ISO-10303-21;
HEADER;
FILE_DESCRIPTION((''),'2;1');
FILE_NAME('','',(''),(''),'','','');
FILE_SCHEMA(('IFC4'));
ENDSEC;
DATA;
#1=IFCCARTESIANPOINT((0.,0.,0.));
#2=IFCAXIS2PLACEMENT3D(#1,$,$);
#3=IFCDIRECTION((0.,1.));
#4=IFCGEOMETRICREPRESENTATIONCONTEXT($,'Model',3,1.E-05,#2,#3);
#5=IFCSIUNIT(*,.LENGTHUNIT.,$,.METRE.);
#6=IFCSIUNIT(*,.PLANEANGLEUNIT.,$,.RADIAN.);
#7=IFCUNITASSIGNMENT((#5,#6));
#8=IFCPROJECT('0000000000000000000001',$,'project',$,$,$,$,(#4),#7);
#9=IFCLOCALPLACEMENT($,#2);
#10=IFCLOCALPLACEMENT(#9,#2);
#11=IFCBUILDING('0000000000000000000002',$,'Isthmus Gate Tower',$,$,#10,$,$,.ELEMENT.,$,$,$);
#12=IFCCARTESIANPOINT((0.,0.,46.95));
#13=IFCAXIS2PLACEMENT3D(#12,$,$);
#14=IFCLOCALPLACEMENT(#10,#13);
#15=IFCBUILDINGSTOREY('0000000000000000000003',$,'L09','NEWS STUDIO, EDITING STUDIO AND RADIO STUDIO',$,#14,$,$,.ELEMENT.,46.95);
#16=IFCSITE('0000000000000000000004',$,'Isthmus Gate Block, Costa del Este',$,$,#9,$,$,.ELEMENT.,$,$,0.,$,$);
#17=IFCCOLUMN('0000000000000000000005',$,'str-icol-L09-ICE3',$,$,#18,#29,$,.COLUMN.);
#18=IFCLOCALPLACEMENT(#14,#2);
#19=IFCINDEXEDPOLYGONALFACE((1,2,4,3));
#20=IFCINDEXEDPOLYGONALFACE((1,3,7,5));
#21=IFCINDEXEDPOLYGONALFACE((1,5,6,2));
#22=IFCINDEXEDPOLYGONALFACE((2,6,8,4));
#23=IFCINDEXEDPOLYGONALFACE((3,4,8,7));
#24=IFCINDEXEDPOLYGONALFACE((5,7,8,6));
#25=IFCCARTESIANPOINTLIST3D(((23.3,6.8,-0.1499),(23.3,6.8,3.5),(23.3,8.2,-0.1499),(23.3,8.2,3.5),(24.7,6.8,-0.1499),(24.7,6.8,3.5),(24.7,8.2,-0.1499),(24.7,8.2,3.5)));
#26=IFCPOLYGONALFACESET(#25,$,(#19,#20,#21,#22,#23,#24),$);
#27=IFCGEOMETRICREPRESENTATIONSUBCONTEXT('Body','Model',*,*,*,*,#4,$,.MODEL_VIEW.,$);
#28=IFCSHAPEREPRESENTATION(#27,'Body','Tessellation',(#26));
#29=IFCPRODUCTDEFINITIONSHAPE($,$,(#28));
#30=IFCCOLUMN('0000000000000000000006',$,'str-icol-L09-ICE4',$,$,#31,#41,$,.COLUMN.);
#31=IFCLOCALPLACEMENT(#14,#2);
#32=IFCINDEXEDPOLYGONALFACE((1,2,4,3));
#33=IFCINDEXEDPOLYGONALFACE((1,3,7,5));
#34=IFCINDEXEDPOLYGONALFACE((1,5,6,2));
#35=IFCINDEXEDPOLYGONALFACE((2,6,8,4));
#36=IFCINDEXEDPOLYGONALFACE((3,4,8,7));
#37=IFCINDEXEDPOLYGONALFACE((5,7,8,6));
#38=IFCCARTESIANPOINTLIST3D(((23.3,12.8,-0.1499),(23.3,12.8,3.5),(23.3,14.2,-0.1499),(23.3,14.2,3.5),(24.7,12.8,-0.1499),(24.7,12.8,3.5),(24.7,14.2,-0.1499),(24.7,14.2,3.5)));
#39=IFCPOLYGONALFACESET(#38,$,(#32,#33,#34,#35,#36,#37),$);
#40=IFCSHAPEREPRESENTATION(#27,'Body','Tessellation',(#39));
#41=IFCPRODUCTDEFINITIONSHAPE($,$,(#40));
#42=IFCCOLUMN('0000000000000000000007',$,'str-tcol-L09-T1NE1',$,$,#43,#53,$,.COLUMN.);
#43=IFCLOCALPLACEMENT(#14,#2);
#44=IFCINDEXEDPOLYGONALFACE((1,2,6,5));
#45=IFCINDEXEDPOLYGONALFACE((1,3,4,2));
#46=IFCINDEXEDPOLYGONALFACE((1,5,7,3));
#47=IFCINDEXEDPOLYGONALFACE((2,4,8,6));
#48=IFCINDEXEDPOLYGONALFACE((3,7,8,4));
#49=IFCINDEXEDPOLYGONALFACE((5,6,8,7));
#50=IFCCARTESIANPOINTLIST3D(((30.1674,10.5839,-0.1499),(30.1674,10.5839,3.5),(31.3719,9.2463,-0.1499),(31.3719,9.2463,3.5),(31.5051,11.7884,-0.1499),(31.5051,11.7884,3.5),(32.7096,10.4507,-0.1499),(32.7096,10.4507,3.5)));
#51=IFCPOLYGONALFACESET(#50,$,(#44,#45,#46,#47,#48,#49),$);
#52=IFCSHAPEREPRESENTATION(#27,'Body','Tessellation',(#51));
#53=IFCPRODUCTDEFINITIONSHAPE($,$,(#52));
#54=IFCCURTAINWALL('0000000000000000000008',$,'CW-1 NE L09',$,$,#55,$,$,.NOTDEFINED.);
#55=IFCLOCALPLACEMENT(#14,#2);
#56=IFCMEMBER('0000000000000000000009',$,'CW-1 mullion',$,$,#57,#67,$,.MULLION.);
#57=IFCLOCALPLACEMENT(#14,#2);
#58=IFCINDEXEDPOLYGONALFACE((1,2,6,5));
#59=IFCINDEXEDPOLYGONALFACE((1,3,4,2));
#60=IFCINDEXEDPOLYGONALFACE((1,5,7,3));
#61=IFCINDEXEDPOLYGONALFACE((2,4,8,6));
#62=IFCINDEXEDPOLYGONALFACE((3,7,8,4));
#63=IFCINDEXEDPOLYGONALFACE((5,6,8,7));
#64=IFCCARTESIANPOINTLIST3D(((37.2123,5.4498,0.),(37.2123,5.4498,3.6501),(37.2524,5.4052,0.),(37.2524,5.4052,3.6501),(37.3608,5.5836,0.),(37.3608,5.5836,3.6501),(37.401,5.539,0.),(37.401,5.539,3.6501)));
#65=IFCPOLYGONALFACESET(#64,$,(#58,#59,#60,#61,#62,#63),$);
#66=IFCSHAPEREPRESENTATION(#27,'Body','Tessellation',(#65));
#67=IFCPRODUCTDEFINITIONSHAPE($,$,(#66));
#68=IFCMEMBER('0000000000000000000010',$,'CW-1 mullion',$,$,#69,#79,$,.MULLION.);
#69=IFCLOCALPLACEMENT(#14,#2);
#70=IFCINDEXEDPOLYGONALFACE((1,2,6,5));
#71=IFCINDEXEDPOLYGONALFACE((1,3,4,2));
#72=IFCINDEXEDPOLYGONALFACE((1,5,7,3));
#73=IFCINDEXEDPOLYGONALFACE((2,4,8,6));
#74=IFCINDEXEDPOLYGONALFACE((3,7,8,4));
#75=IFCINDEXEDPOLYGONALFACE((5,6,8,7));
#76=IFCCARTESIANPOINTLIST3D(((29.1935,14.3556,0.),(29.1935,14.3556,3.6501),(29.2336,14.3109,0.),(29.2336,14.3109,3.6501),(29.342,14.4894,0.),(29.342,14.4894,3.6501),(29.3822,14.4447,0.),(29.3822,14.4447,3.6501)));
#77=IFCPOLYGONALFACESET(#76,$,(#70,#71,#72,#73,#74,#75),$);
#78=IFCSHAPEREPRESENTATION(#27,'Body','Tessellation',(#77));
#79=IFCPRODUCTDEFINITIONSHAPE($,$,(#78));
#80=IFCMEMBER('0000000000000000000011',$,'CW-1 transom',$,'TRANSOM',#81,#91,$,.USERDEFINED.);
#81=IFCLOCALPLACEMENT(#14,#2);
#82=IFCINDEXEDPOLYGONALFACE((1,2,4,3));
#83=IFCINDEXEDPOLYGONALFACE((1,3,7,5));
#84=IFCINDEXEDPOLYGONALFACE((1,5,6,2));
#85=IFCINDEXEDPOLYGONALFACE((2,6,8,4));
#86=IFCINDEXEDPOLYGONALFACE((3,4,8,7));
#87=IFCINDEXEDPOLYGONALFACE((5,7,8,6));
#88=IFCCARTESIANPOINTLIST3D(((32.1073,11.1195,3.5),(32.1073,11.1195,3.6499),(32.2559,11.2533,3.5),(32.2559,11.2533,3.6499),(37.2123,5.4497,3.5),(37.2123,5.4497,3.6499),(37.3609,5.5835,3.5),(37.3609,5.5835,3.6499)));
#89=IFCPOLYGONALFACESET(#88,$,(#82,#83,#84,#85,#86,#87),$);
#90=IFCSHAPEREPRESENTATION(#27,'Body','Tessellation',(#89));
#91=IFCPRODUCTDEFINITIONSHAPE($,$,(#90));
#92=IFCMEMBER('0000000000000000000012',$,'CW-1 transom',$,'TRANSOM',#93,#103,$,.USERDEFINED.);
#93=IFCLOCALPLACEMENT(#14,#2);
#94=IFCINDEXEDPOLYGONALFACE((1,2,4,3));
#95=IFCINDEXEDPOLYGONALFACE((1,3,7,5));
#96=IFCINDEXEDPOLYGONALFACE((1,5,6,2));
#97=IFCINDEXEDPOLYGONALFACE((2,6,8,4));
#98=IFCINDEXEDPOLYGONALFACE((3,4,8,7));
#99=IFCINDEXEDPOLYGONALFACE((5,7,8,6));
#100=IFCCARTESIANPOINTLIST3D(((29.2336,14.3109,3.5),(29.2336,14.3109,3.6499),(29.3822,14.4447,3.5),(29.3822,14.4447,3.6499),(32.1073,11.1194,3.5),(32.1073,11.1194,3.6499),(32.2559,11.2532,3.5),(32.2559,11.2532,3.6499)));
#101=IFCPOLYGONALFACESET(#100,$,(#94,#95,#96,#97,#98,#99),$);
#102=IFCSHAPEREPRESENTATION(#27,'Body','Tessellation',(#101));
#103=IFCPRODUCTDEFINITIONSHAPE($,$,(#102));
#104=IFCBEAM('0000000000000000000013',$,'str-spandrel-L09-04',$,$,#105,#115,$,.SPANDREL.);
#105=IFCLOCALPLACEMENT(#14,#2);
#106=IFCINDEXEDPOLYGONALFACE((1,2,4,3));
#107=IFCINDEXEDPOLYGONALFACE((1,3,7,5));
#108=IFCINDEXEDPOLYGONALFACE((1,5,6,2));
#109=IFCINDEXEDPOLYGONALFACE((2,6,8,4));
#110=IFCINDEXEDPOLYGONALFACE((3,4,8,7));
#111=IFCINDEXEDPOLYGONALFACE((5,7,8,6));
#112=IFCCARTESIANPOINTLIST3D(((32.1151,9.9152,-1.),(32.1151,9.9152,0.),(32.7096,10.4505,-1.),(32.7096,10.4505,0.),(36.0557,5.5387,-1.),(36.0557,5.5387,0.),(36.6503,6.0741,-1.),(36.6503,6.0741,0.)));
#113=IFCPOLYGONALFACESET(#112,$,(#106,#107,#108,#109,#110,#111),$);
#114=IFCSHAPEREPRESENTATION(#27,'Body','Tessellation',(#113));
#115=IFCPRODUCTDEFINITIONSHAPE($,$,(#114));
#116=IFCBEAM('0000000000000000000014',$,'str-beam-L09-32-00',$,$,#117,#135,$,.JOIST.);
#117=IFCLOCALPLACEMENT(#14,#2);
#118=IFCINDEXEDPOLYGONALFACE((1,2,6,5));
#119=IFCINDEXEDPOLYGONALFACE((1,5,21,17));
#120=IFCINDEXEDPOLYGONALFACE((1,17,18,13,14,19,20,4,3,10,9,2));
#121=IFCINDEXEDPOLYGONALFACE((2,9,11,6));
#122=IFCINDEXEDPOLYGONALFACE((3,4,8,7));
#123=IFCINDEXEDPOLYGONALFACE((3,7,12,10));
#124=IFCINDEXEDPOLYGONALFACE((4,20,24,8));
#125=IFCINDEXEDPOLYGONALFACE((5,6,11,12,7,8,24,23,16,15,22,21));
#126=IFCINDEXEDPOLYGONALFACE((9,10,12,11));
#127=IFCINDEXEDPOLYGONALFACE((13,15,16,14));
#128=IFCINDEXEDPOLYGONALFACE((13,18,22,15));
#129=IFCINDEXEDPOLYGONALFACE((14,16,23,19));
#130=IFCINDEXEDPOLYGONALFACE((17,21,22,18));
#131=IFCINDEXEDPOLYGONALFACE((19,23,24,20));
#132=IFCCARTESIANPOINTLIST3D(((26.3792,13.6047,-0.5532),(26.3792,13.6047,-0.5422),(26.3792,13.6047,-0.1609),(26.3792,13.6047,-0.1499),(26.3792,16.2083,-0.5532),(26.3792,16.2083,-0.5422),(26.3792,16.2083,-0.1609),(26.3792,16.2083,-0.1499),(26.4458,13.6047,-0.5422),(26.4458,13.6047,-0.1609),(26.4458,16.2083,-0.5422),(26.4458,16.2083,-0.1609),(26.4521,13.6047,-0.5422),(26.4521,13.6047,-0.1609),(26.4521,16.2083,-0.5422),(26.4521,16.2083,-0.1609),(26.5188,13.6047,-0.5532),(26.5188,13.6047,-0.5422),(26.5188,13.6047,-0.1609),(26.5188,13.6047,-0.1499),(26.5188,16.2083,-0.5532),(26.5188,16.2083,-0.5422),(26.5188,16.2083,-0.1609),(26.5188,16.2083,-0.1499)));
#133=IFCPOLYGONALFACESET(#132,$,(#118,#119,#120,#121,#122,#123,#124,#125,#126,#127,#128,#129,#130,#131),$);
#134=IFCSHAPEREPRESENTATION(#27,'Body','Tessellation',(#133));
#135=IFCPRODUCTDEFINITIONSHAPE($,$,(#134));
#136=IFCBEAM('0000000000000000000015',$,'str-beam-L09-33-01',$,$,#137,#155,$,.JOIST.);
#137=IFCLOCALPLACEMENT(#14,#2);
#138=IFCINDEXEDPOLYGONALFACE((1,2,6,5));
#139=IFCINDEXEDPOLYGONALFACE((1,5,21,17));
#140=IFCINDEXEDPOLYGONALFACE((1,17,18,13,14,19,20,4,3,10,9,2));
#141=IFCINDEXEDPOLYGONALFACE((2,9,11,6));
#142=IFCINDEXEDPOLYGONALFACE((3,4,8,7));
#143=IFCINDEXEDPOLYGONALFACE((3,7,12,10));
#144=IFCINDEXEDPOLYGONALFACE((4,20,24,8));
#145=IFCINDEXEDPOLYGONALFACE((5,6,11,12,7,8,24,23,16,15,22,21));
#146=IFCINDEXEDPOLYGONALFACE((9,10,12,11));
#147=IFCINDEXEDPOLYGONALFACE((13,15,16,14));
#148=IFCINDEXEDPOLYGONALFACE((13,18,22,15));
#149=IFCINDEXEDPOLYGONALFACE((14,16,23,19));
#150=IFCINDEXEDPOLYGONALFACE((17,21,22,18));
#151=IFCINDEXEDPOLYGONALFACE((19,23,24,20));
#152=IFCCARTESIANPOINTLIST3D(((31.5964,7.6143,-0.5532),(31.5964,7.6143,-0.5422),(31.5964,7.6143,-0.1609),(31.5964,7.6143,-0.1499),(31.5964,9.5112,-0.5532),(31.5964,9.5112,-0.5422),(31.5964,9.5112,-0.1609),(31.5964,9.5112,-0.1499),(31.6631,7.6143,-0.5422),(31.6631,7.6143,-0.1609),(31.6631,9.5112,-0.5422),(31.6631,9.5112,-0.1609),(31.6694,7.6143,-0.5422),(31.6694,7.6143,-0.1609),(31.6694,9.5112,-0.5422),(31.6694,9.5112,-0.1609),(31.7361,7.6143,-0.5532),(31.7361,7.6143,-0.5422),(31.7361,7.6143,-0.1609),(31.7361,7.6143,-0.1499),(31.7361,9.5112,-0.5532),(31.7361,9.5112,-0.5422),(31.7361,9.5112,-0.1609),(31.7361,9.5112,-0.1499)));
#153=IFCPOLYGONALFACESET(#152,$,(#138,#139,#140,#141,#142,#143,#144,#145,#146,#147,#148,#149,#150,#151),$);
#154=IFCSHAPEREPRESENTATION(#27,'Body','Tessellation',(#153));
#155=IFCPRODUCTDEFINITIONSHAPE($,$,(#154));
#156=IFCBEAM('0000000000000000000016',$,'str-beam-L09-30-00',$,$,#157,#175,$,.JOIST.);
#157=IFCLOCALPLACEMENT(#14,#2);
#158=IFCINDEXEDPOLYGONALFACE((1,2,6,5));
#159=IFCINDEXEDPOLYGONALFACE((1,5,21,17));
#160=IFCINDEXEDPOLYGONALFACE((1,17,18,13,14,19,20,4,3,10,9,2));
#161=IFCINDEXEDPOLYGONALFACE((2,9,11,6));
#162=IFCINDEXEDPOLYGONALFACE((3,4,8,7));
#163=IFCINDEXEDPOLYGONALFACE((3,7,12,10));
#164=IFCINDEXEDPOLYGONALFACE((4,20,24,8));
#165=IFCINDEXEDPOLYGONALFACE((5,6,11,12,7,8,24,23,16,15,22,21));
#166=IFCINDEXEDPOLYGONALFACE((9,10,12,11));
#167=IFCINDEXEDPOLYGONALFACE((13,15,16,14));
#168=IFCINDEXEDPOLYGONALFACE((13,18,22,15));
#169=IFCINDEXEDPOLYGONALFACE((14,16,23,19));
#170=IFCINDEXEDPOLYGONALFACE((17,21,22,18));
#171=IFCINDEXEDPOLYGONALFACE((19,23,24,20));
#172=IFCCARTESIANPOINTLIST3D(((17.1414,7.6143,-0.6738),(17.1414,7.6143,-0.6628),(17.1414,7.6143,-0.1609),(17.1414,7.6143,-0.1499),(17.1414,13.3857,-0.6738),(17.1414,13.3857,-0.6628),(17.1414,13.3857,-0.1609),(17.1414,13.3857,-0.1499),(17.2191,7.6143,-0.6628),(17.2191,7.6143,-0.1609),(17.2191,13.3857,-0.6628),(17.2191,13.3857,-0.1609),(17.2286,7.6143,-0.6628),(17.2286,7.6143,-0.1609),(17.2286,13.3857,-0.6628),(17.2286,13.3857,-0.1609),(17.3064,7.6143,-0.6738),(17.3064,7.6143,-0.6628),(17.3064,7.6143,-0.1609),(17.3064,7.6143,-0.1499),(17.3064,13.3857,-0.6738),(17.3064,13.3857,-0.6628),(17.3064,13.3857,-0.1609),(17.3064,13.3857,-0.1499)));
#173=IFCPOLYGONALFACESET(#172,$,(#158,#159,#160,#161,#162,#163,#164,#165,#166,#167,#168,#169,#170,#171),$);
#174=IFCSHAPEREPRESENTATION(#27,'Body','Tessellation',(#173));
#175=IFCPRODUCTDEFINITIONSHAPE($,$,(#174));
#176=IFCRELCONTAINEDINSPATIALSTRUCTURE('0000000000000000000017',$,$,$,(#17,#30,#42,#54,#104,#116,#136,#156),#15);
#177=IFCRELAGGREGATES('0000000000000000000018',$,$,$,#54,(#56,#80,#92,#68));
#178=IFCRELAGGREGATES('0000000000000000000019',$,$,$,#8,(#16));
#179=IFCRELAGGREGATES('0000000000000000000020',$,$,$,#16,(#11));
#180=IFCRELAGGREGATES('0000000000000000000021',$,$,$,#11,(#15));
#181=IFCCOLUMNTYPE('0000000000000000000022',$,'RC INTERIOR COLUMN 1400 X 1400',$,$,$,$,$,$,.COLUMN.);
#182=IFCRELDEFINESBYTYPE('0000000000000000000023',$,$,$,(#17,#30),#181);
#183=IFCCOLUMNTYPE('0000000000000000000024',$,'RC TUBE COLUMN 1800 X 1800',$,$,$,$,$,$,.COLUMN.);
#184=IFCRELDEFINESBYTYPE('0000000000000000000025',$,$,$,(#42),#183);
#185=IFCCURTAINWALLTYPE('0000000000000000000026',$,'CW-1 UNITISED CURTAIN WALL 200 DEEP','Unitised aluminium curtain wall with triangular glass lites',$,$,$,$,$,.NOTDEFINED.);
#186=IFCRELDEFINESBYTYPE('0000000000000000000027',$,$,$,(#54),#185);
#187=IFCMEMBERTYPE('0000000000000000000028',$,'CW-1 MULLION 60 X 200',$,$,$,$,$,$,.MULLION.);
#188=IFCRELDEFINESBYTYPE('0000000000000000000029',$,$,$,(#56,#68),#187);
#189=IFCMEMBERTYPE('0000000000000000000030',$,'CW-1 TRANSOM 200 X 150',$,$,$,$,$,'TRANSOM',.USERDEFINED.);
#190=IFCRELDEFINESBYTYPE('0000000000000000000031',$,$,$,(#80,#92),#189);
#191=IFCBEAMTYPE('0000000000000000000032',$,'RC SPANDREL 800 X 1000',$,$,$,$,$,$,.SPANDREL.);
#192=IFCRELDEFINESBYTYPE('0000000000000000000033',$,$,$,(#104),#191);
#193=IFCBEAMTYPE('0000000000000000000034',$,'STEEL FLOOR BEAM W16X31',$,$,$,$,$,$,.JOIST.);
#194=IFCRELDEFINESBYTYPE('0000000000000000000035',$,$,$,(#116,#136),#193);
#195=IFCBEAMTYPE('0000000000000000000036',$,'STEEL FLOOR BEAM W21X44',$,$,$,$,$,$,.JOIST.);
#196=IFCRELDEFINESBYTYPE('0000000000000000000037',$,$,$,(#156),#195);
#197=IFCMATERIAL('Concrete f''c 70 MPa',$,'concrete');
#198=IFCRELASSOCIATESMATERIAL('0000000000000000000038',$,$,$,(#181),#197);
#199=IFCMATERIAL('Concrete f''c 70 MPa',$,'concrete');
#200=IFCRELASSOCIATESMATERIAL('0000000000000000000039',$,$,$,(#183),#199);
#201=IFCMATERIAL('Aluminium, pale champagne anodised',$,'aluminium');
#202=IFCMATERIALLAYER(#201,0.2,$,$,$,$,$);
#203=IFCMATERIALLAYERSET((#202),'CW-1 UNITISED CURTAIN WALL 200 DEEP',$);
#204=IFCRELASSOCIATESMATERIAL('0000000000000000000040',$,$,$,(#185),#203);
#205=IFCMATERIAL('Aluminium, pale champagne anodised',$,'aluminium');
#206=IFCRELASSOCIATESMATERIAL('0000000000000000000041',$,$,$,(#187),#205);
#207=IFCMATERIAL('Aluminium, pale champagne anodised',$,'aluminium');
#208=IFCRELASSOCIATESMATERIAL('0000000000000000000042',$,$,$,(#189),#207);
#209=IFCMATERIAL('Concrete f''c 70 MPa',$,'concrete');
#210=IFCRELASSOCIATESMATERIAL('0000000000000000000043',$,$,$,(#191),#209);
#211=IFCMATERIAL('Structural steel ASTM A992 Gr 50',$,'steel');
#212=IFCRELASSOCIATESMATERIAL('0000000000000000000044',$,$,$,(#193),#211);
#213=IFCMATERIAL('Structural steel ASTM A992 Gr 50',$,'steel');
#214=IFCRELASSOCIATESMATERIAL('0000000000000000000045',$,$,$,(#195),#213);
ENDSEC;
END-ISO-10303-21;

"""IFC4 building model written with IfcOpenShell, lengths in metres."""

from ifc_helpers import new_model, si_unit, direction, frame, origin, origin_2d, place, context, subcontext, project, spatial, rectangle, i_section, extrude, material, layer, layer_set, material_profile, profile_set, type_object, element, aggregate, save


model = new_model("IFC4")

# Units and contexts
model_context = context("Model", 3, precision=1e-05, world=origin(), true_north=direction((0.0, 1.0)))
body_context = subcontext(model_context, "Body", "Model", "MODEL_VIEW")
ifc_project = project(units=[si_unit("LENGTHUNIT", "METRE"), si_unit("PLANEANGLEUNIT", "RADIAN")], contexts=[model_context])

# Site, building, storey
site_placement = place(None, origin())
site = spatial("IfcSite", under=ifc_project, at=site_placement, Name="Isthmus Gate Block, Costa del Este", CompositionType="ELEMENT", RefElevation=0.0)
building_placement = place(site_placement, origin())
building = spatial("IfcBuilding", under=site, at=building_placement, Name="Isthmus Gate Tower", CompositionType="ELEMENT")
storey_placement = place(building_placement, frame((0.0, 0.0, 46.95)))
storey = spatial("IfcBuildingStorey", under=building, at=storey_placement, Name="L09", Description="NEWS STUDIO, EDITING STUDIO AND RADIO STUDIO", CompositionType="ELEMENT", Elevation=46.95)

# Columns
ifc_material_1 = material(Name="Concrete f'c 70 MPa", Category="concrete")
ifc_material_profile_1 = material_profile(ifc_material_1, rectangle(XDim=1.3999, YDim=1.3999, at=origin_2d()), Name="RC 1400X1400")
ifc_profile_set_1 = profile_set([ifc_material_profile_1], Name="Concrete f'c 70 MPa")
column_type_1 = type_object("IfcColumnType", Name="RC INTERIOR COLUMN 1400 X 1400", PredefinedType="COLUMN", material=ifc_profile_set_1)
for number, where, z_axis, x_axis, name in (
    (1, (24.0, 7.5, -0.1499), (0.0, 0.0, 1.0), (1.0, 0.0, 0.0), "str-icol-L09-ICE3"),
    (2, (24.0, 13.5, -0.1499), (0.0, 0.0, 1.0), (1.0, 0.0, 0.0), "str-icol-L09-ICE4"),
):
    element("IfcColumn", number, at=place(storey_placement, frame(where, z_axis=z_axis, x_axis=x_axis)), inside=storey, type_object=column_type_1, Name=name, PredefinedType="COLUMN", context=body_context, shape_type="SweptSolid", body=[
        extrude(rectangle(XDim=1.3999, YDim=1.3999, at=origin_2d()), origin(), (0.0, 0.0, 1.0), 3.6499),
    ])
ifc_material_2 = material(Name="Concrete f'c 70 MPa", Category="concrete")
ifc_material_profile_2 = material_profile(ifc_material_2, rectangle(XDim=1.8, YDim=1.8, at=origin_2d()), Name="RC 1800X1800")
ifc_profile_set_2 = profile_set([ifc_material_profile_2], Name="Concrete f'c 70 MPa")
column_type_2 = type_object("IfcColumnType", Name="RC TUBE COLUMN 1800 X 1800", PredefinedType="COLUMN", material=ifc_profile_set_2)
column_placement = place(storey_placement, frame((31.4385, 10.5173, -0.1499), z_axis=(0.0, 0.0, 1.0), x_axis=(-0.669131, 0.743145, 0.0)))
element("IfcColumn", 3, at=column_placement, inside=storey, type_object=column_type_2, Name="str-tcol-L09-T1NE1", PredefinedType="COLUMN", context=body_context, shape_type="SweptSolid", body=[
    extrude(rectangle(XDim=1.8, YDim=1.8, at=origin_2d()), origin(), (0.0, 0.0, 1.0), 3.6499),
])

# Curtain wall, members
ifc_material_3 = material(Name="Aluminium, pale champagne anodised", Category="aluminium")
ifc_layer_1 = layer(ifc_material_3, 0.2)
ifc_layer_set_1 = layer_set([ifc_layer_1], Name="CW-1 UNITISED CURTAIN WALL 200 DEEP")
curtain_wall_type = type_object("IfcCurtainWallType", Name="CW-1 UNITISED CURTAIN WALL 200 DEEP", Description="Unitised aluminium curtain wall with triangular glass lites", PredefinedType="NOTDEFINED", material=ifc_layer_set_1)
curtain_wall_placement = place(storey_placement, origin())
curtain_wall = element("IfcCurtainWall", 4, at=curtain_wall_placement, inside=storey, type_object=curtain_wall_type, Name="CW-1 NE L09", PredefinedType="NOTDEFINED")
ifc_material_4 = material(Name="Aluminium, pale champagne anodised", Category="aluminium")
ifc_material_profile_3 = material_profile(ifc_material_4, rectangle(XDim=0.0601, YDim=0.2, at=origin_2d()), Name="60x200")
ifc_profile_set_3 = profile_set([ifc_material_profile_3], Name="Aluminium, pale champagne anodised")
member_type_1 = type_object("IfcMemberType", Name="CW-1 MULLION 60 X 200", PredefinedType="MULLION", material=ifc_profile_set_3)
member_1_placement = place(storey_placement, frame((37.3066, 5.4944, 0.0), z_axis=(0.0, 0.0, 1.0), x_axis=(-0.669131, 0.743145, 0.0)))
member_1 = element("IfcMember", 5, at=member_1_placement, type_object=member_type_1, Name="CW-1 mullion", PredefinedType="MULLION", context=body_context, shape_type="SweptSolid", body=[
    extrude(rectangle(XDim=0.0601, YDim=0.2, at=origin_2d()), origin(), (0.0, 0.0, 1.0), 3.6501),
])
member_2_placement = place(storey_placement, frame((29.2878, 14.4001, 0.0), z_axis=(0.0, 0.0, 1.0), x_axis=(-0.669131, 0.743145, 0.0)))
member_2 = element("IfcMember", 6, at=member_2_placement, type_object=member_type_1, Name="CW-1 mullion", PredefinedType="MULLION", context=body_context, shape_type="SweptSolid", body=[
    extrude(rectangle(XDim=0.0601, YDim=0.2, at=origin_2d()), origin(), (0.0, 0.0, 1.0), 3.6501),
])
ifc_material_5 = material(Name="Aluminium, pale champagne anodised", Category="aluminium")
ifc_material_profile_4 = material_profile(ifc_material_5, rectangle(XDim=0.2, YDim=0.1499, at=origin_2d()), Name="200x150")
ifc_profile_set_4 = profile_set([ifc_material_profile_4], Name="Aluminium, pale champagne anodised")
member_type_2 = type_object("IfcMemberType", Name="CW-1 TRANSOM 200 X 150", ElementType="TRANSOM", PredefinedType="USERDEFINED", material=ifc_profile_set_4)
member_3_placement = place(storey_placement, frame((37.2866, 5.5166, 3.575), z_axis=(-0.669129, 0.743146, 0.0), x_axis=(-0.743146, -0.669129, 0.0)))
member_3 = element("IfcMember", 7, at=member_3_placement, type_object=member_type_2, Name="CW-1 transom", ObjectType="TRANSOM", PredefinedType="USERDEFINED", context=body_context, shape_type="SweptSolid", body=[
    extrude(rectangle(XDim=0.2, YDim=0.1499, at=origin_2d()), origin(), (0.0, 0.0, 1.0), 7.6294),
])
member_4_placement = place(storey_placement, frame((32.1816, 11.1863, 3.575), z_axis=(-0.669131, 0.743144, 0.0), x_axis=(-0.743144, -0.669131, 0.0)))
member_4 = element("IfcMember", 8, at=member_4_placement, type_object=member_type_2, Name="CW-1 transom", ObjectType="TRANSOM", PredefinedType="USERDEFINED", context=body_context, shape_type="SweptSolid", body=[
    extrude(rectangle(XDim=0.2, YDim=0.1499, at=origin_2d()), origin(), (0.0, 0.0, 1.0), 4.2947),
])

# Beams
ifc_material_6 = material(Name="Concrete f'c 70 MPa", Category="concrete")
ifc_material_profile_5 = material_profile(ifc_material_6, rectangle(XDim=0.8, YDim=1.0, at=origin_2d()), Name="RC 800X1000")
ifc_profile_set_5 = profile_set([ifc_material_profile_5], Name="Concrete f'c 70 MPa")
beam_type_1 = type_object("IfcBeamType", Name="RC SPANDREL 800 X 1000", PredefinedType="SPANDREL", material=ifc_profile_set_5)
beam_1_placement = place(storey_placement, frame((32.4124, 10.1829, -0.5), z_axis=(0.669139, -0.743137, 0.0), x_axis=(0.743137, 0.669139, 0.0)))
element("IfcBeam", 9, at=beam_1_placement, inside=storey, type_object=beam_type_1, Name="str-spandrel-L09-04", PredefinedType="SPANDREL", context=body_context, shape_type="SweptSolid", body=[
    extrude(rectangle(XDim=0.8, YDim=1.0, at=origin_2d()), origin(), (0.0, 0.0, 1.0), 5.8892),
])
ifc_material_7 = material(Name="Structural steel ASTM A992 Gr 50", Category="steel")
ifc_material_profile_6 = material_profile(ifc_material_7, i_section(OverallWidth=0.1396, OverallDepth=0.4033, WebThickness=0.0063, FlangeThickness=0.011, at=origin_2d()), Name="W16X31")
ifc_profile_set_6 = profile_set([ifc_material_profile_6], Name="Structural steel ASTM A992 Gr 50")
beam_type_2 = type_object("IfcBeamType", Name="STEEL FLOOR BEAM W16X31", PredefinedType="JOIST", material=ifc_profile_set_6)
beam_2_placement = place(storey_placement, frame((26.449, 13.6047, -0.3516), z_axis=(0.0, 1.0, 0.0), x_axis=(-1.0, 0.0, 0.0)))
element("IfcBeam", 10, at=beam_2_placement, inside=storey, type_object=beam_type_2, Name="str-beam-L09-32-00", PredefinedType="JOIST", context=body_context, shape_type="SweptSolid", body=[
    extrude(i_section(OverallWidth=0.1396, OverallDepth=0.4033, WebThickness=0.0063, FlangeThickness=0.011, at=origin_2d()), origin(), (0.0, 0.0, 1.0), 2.6035),
])
beam_3_placement = place(storey_placement, frame((31.6663, 7.6143, -0.3516), z_axis=(0.0, 1.0, 0.0), x_axis=(-1.0, 0.0, 0.0)))
element("IfcBeam", 11, at=beam_3_placement, inside=storey, type_object=beam_type_2, Name="str-beam-L09-33-01", PredefinedType="JOIST", context=body_context, shape_type="SweptSolid", body=[
    extrude(i_section(OverallWidth=0.1396, OverallDepth=0.4033, WebThickness=0.0063, FlangeThickness=0.011, at=origin_2d()), origin(), (0.0, 0.0, 1.0), 1.897),
])
ifc_material_8 = material(Name="Structural steel ASTM A992 Gr 50", Category="steel")
ifc_material_profile_7 = material_profile(ifc_material_8, i_section(OverallWidth=0.165, OverallDepth=0.5239, WebThickness=0.0095, FlangeThickness=0.011, at=origin_2d()), Name="W21X44")
ifc_profile_set_7 = profile_set([ifc_material_profile_7], Name="Structural steel ASTM A992 Gr 50")
beam_type_3 = type_object("IfcBeamType", Name="STEEL FLOOR BEAM W21X44", PredefinedType="JOIST", material=ifc_profile_set_7)
for number, where, z_axis, x_axis, name in (
    (12, (17.2239, 7.6143, -0.4119), (0.0, 1.0, 0.0), (-1.0, 0.0, 0.0), "str-beam-L09-30-00"),
):
    element("IfcBeam", number, at=place(storey_placement, frame(where, z_axis=z_axis, x_axis=x_axis)), inside=storey, type_object=beam_type_3, Name=name, PredefinedType="JOIST", context=body_context, shape_type="SweptSolid", body=[
        extrude(i_section(OverallWidth=0.165, OverallDepth=0.5239, WebThickness=0.0095, FlangeThickness=0.011, at=origin_2d()), origin(), (0.0, 0.0, 1.0), 5.7715),
    ])

aggregate(curtain_wall, [member_1, member_3, member_4, member_2])

save(model, "model.ifc")
